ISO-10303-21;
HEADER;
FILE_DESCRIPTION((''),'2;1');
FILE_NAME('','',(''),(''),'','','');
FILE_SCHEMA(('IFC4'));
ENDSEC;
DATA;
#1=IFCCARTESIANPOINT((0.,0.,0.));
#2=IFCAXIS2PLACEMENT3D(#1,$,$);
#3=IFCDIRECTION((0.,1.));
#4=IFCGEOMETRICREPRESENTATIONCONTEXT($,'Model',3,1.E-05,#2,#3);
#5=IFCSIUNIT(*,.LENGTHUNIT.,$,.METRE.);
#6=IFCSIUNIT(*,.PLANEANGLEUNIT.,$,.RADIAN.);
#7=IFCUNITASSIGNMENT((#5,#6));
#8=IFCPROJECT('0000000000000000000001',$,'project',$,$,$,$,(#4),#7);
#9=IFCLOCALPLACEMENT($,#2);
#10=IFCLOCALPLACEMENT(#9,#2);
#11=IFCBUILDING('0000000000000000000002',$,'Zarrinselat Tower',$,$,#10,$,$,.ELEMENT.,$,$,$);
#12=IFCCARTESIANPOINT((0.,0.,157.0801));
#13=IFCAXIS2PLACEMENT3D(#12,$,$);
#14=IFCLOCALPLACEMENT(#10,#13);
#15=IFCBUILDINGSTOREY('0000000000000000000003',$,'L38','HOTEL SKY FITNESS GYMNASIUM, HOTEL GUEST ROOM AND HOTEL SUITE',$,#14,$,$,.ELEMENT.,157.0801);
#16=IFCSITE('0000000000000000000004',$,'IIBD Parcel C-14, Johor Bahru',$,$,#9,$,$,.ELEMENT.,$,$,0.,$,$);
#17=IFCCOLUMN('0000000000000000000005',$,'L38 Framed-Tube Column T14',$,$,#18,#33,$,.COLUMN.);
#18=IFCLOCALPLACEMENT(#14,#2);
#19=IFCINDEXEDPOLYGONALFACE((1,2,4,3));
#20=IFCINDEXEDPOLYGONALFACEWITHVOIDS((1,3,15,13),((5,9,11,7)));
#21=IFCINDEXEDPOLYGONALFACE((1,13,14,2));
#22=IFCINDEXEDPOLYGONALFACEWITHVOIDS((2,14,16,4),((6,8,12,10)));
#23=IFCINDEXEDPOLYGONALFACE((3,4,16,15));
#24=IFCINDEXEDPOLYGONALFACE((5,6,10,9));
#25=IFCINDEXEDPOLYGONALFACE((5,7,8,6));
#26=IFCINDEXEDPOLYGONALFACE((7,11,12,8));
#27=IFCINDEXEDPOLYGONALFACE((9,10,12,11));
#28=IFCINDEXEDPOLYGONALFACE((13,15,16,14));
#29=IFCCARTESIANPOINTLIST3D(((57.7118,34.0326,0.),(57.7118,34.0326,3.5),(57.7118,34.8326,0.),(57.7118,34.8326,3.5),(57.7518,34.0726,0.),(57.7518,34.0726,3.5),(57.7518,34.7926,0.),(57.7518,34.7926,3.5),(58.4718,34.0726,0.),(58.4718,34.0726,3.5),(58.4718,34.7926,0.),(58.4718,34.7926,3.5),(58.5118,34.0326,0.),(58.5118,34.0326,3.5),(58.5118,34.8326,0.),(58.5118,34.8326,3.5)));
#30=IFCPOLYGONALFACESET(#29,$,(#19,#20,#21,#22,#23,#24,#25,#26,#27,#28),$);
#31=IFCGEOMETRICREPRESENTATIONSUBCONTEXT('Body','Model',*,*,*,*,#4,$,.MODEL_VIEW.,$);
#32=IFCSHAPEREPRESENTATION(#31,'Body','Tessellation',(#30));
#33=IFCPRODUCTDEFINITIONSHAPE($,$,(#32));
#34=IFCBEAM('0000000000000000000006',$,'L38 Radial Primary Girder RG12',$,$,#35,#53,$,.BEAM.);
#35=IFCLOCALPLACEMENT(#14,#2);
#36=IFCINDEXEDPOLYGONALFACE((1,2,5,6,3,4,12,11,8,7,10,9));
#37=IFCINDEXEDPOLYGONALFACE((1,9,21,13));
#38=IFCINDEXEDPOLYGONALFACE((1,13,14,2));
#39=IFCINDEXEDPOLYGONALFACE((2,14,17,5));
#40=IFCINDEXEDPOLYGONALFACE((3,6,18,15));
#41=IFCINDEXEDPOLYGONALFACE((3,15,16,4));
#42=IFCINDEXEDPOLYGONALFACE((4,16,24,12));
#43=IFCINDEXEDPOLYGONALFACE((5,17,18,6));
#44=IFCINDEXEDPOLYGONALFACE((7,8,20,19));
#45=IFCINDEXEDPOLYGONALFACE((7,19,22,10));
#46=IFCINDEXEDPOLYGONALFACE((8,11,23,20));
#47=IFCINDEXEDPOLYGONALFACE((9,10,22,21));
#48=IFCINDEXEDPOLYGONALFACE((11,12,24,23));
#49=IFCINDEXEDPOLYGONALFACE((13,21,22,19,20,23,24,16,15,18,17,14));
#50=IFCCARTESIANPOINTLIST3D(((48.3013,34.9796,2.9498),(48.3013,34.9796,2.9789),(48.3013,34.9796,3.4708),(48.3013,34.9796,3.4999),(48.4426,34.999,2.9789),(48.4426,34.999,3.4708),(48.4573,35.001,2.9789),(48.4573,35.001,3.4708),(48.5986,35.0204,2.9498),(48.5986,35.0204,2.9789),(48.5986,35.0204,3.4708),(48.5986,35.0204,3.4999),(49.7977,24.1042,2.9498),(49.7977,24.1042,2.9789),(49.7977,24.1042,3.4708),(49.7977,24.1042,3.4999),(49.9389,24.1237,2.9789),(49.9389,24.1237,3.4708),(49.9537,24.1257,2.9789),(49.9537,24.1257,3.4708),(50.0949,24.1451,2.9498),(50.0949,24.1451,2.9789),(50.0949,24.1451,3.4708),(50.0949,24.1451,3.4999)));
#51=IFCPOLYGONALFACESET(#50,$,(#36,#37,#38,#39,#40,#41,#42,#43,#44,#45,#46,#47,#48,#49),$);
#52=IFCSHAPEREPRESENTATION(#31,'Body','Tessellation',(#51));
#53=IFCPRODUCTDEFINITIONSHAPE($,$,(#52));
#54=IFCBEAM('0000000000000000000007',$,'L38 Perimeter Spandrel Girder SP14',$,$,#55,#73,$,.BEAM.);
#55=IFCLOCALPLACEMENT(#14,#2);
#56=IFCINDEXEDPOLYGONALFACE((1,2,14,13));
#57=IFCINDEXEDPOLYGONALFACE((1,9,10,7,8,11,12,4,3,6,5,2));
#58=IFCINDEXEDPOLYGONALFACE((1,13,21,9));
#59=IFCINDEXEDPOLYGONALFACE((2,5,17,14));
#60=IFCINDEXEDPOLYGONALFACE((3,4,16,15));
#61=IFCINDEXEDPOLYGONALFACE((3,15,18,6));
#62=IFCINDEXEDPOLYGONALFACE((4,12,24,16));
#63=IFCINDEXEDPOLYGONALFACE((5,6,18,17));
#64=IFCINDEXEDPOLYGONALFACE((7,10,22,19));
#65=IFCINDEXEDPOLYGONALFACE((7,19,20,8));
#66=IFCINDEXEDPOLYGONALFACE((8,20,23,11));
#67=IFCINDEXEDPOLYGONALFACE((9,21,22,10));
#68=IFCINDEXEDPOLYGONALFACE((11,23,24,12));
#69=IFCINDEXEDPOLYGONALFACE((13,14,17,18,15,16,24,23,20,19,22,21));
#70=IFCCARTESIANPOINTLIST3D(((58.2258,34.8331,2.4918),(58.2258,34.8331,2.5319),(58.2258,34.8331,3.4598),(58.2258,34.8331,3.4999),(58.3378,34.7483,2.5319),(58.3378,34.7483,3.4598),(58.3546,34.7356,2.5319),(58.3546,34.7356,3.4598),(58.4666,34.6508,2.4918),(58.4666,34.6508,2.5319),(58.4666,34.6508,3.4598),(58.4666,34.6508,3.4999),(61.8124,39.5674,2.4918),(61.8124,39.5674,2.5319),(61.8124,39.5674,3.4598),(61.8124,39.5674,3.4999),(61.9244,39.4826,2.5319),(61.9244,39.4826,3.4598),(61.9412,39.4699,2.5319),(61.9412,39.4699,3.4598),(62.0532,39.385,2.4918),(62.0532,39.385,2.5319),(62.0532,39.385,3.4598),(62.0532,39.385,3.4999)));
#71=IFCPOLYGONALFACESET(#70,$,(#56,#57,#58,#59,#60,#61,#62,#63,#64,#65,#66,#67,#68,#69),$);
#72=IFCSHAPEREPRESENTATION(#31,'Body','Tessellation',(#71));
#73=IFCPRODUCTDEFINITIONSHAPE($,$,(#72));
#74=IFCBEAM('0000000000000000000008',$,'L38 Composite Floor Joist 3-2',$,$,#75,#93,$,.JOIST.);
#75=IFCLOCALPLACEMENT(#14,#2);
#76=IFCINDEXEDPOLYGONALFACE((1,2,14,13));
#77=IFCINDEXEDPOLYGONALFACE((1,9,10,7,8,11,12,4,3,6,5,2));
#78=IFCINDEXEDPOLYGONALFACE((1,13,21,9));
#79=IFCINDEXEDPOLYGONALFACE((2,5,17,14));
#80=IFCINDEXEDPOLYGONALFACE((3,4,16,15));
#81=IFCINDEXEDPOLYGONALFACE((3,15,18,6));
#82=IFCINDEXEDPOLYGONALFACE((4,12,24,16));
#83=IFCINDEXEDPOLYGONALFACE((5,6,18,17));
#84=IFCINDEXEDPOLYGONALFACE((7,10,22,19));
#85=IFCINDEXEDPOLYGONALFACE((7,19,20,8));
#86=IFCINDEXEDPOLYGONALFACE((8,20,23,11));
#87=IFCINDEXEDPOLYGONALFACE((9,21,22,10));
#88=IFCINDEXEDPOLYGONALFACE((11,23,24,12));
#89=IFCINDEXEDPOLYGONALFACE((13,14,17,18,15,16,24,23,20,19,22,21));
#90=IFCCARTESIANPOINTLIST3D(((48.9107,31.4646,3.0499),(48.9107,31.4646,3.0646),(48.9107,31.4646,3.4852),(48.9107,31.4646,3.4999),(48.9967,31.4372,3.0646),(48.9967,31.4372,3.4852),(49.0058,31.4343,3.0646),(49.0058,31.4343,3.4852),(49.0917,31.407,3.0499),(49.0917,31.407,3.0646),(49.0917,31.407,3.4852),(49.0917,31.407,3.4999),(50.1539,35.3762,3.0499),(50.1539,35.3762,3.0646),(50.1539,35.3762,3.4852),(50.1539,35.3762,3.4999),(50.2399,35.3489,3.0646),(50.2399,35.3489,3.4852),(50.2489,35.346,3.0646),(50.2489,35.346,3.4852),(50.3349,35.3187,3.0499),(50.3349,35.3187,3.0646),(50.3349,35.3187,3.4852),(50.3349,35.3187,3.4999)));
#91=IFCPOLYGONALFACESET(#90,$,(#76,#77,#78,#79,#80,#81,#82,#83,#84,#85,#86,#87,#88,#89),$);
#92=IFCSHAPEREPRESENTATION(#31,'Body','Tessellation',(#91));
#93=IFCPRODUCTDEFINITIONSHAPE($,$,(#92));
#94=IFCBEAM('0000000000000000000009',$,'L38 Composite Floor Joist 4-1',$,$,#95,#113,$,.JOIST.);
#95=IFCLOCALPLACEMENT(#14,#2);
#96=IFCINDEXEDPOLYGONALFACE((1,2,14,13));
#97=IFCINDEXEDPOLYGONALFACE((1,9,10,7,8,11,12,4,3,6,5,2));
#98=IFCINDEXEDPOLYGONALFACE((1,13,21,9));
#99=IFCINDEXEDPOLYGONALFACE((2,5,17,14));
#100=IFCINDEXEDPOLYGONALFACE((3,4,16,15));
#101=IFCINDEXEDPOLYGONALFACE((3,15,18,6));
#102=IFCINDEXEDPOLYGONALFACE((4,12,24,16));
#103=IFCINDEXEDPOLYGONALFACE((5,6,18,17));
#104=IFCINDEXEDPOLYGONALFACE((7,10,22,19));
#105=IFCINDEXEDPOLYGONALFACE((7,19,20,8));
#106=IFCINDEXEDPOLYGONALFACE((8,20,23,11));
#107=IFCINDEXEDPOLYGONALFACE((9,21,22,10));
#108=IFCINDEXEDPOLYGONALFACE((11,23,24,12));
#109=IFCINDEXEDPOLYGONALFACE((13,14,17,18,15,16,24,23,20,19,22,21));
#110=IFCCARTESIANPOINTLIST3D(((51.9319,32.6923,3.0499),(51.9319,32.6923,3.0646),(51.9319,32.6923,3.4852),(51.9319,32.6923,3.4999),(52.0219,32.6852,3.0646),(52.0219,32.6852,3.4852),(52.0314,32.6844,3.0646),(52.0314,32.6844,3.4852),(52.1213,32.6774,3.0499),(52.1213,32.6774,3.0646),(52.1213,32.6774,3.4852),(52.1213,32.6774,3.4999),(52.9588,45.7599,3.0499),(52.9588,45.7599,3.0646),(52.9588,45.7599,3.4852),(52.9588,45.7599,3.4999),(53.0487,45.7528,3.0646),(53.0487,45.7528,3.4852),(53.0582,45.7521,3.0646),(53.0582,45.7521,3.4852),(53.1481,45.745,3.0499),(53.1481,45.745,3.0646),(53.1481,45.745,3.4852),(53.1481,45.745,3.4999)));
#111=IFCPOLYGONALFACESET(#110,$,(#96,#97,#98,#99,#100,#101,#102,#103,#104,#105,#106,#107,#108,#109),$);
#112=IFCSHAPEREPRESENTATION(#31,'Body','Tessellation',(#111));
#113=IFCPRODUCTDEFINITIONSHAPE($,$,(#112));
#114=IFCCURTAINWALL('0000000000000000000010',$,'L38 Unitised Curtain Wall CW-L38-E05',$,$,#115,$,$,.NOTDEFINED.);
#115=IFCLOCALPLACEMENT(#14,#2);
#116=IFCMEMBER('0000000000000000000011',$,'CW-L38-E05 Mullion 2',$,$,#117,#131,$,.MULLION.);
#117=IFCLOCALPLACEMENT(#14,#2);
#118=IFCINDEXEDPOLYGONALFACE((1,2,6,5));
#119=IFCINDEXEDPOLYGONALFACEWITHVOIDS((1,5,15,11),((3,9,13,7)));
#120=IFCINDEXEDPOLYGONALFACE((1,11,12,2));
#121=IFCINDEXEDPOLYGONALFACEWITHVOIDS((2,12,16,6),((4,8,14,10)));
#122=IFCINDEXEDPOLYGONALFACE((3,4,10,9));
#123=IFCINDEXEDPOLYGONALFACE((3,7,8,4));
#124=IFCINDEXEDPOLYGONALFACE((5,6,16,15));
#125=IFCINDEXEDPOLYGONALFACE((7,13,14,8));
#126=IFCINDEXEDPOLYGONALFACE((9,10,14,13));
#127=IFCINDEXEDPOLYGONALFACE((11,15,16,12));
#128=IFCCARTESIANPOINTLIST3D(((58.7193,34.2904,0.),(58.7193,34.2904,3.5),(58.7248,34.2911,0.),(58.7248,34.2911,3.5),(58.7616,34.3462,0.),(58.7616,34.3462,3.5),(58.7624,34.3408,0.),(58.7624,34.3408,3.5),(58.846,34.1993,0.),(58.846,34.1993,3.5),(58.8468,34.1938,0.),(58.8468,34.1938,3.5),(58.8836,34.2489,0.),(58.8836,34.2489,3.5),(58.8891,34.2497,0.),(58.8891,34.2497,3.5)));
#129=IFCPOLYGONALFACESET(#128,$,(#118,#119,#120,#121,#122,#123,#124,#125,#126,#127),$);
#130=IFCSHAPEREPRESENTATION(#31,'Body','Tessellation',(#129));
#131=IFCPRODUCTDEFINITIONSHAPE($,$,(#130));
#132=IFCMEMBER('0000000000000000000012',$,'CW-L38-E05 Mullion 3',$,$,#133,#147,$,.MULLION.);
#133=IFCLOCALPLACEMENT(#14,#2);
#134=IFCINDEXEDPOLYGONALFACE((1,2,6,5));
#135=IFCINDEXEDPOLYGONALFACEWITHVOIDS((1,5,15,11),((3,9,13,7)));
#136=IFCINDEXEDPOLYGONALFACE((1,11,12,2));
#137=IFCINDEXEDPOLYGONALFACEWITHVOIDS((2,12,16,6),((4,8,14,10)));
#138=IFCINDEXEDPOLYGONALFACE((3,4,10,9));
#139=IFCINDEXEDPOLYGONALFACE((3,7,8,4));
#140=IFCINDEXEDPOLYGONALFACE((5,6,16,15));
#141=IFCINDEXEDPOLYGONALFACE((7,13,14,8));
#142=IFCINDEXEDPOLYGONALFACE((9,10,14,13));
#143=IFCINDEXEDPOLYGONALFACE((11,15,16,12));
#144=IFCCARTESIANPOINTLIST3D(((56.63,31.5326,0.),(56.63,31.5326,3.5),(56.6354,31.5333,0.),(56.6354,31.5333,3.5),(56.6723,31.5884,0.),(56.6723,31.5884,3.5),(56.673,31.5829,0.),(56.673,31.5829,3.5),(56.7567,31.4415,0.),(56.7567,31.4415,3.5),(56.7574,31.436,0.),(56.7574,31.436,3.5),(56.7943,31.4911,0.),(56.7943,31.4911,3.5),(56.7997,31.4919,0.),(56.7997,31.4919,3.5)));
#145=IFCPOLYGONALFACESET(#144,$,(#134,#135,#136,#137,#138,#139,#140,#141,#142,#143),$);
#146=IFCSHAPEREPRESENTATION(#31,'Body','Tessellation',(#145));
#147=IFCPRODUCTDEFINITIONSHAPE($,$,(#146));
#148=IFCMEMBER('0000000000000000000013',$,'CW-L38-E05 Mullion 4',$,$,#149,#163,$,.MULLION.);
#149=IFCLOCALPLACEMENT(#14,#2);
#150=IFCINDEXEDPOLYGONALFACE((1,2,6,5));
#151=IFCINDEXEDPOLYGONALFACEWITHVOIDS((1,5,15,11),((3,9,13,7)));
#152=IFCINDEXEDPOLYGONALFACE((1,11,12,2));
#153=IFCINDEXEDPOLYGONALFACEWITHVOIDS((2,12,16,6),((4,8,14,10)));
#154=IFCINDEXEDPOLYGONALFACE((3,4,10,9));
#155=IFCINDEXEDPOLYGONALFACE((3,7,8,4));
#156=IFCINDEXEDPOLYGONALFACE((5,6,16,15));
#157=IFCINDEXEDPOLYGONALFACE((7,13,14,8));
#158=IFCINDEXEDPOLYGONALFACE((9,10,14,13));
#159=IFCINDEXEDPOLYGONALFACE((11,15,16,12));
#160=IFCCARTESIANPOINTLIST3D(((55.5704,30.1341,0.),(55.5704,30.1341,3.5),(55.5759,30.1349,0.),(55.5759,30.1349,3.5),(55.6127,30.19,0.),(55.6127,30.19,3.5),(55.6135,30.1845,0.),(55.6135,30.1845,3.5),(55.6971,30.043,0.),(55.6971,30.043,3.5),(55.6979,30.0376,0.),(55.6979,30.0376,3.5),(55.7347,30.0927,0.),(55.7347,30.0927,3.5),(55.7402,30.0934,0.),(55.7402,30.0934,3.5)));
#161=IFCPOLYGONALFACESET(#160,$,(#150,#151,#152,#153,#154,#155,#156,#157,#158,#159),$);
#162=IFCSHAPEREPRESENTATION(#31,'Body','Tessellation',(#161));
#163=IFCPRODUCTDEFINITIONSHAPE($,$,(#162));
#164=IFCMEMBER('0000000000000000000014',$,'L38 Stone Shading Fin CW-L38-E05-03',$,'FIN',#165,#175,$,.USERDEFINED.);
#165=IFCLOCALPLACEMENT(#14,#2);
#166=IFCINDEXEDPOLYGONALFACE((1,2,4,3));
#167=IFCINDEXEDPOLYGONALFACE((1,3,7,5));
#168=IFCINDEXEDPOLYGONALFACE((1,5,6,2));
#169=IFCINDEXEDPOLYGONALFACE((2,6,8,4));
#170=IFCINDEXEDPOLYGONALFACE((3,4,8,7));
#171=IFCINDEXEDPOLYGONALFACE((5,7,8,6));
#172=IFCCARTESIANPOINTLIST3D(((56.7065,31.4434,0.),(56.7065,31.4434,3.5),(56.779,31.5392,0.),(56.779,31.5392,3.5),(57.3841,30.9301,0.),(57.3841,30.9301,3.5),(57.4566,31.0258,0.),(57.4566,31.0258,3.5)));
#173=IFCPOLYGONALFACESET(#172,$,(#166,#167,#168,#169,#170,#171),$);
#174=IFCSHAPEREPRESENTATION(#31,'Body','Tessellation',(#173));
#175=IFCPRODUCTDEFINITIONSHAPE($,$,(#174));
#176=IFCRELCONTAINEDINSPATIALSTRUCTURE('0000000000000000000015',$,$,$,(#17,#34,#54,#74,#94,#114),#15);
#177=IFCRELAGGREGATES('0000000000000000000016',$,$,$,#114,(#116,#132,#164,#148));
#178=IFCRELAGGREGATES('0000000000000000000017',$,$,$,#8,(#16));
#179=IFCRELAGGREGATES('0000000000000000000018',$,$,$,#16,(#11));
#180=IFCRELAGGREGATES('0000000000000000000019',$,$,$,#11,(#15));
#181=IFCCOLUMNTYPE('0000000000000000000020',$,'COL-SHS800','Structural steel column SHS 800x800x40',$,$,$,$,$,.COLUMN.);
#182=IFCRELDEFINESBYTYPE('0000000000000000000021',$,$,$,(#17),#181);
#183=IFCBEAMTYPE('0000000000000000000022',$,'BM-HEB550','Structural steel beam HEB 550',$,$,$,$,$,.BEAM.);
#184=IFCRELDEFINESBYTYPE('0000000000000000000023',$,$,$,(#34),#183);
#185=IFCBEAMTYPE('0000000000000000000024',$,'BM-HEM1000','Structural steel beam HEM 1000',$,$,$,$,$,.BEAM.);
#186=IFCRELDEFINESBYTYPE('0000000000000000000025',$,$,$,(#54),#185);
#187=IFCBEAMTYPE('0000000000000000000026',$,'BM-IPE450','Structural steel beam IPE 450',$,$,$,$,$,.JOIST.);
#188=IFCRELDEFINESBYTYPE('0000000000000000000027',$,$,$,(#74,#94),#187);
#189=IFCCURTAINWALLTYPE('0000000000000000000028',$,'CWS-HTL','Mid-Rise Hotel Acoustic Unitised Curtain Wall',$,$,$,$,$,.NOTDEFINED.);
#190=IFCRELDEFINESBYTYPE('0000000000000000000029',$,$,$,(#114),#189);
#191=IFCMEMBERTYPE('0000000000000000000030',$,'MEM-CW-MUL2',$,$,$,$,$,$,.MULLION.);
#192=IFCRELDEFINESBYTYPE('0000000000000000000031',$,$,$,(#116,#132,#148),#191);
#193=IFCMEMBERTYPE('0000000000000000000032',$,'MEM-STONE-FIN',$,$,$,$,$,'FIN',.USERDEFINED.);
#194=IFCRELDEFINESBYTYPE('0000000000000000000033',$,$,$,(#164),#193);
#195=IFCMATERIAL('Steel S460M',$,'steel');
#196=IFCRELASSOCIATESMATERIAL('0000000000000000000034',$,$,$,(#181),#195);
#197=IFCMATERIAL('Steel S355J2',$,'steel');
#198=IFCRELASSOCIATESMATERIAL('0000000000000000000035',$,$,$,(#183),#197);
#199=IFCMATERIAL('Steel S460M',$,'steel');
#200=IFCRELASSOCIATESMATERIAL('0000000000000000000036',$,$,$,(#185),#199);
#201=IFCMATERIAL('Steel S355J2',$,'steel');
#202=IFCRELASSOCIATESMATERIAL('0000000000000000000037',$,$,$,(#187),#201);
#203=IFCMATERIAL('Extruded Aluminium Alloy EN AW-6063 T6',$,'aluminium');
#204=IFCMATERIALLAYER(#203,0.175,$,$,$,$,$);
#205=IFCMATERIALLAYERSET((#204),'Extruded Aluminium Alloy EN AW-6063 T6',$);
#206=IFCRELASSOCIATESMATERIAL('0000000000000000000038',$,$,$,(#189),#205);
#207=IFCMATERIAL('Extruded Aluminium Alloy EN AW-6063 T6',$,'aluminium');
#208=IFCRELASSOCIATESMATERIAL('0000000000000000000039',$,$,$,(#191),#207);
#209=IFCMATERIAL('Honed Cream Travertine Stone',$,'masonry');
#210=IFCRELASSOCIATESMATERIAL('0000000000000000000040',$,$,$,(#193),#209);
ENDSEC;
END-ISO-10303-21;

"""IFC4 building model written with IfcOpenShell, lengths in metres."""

from ifc_helpers import new_model, si_unit, direction, frame, origin, origin_2d, place, context, subcontext, project, spatial, rectangle, hollow_rectangle, i_section, extrude, material, layer, layer_set, material_profile, profile_set, type_object, element, aggregate, save


model = new_model("IFC4")

# Units and contexts
model_context = context("Model", 3, precision=1e-05, world=origin(), true_north=direction((0.0, 1.0)))
body_context = subcontext(model_context, "Body", "Model", "MODEL_VIEW")
ifc_project = project(units=[si_unit("LENGTHUNIT", "METRE"), si_unit("PLANEANGLEUNIT", "RADIAN")], contexts=[model_context])

# Site, building, storey
site_placement = place(None, origin())
site = spatial("IfcSite", under=ifc_project, at=site_placement, Name="IIBD Parcel C-14, Johor Bahru", CompositionType="ELEMENT", RefElevation=0.0)
building_placement = place(site_placement, origin())
building = spatial("IfcBuilding", under=site, at=building_placement, Name="Zarrinselat Tower", CompositionType="ELEMENT")
storey_placement = place(building_placement, frame((0.0, 0.0, 157.0801)))
storey = spatial("IfcBuildingStorey", under=building, at=storey_placement, Name="L38", Description="HOTEL SKY FITNESS GYMNASIUM, HOTEL GUEST ROOM AND HOTEL SUITE", CompositionType="ELEMENT", Elevation=157.0801)

# Column
ifc_material_1 = material(Name="Steel S460M", Category="steel")
ifc_material_profile_1 = material_profile(ifc_material_1, hollow_rectangle(XDim=0.8, YDim=0.8, WallThickness=0.04, at=origin_2d()), Name="SHS 800x800x40")
ifc_profile_set_1 = profile_set([ifc_material_profile_1], Name="Steel S460M")
column_type = type_object("IfcColumnType", Name="COL-SHS800", Description="Structural steel column SHS 800x800x40", PredefinedType="COLUMN", material=ifc_profile_set_1)
column_placement = place(storey_placement, frame((58.1118, 34.4326, 0.0), z_axis=(0.0, 0.0, 1.0), x_axis=(1.0, 0.0, 0.0)))
element("IfcColumn", 1, at=column_placement, inside=storey, type_object=column_type, Name="L38 Framed-Tube Column T14", PredefinedType="COLUMN", context=body_context, shape_type="SweptSolid", body=[
    extrude(hollow_rectangle(XDim=0.8, YDim=0.8, WallThickness=0.04, at=origin_2d()), origin(), (0.0, 0.0, 1.0), 3.5),
])

# Beams
ifc_material_2 = material(Name="Steel S355J2", Category="steel")
ifc_material_profile_2 = material_profile(ifc_material_2, i_section(OverallWidth=0.3, OverallDepth=0.55, WebThickness=0.0149, FlangeThickness=0.0291, at=origin_2d()), Name="HEB 550")
ifc_profile_set_2 = profile_set([ifc_material_profile_2], Name="Steel S355J2")
beam_type_1 = type_object("IfcBeamType", Name="BM-HEB550", Description="Structural steel beam HEB 550", PredefinedType="BEAM", material=ifc_profile_set_2)
beam_1_placement = place(storey_placement, frame((48.45, 35.0, 3.2249), z_axis=(0.136307, -0.990667, 0.0), x_axis=(0.990667, 0.136307, 0.0)))
element("IfcBeam", 2, at=beam_1_placement, inside=storey, type_object=beam_type_1, Name="L38 Radial Primary Girder RG12", PredefinedType="BEAM", context=body_context, shape_type="SweptSolid", body=[
    extrude(i_section(OverallWidth=0.3, OverallDepth=0.55, WebThickness=0.0149, FlangeThickness=0.0291, at=origin_2d()), origin(), (0.0, 0.0, 1.0), 10.9778),
])
ifc_material_3 = material(Name="Steel S460M", Category="steel")
ifc_material_profile_3 = material_profile(ifc_material_3, i_section(OverallWidth=0.302, OverallDepth=1.0081, WebThickness=0.021, FlangeThickness=0.04, at=origin_2d()), Name="HEM 1000")
ifc_profile_set_3 = profile_set([ifc_material_profile_3], Name="Steel S460M")
beam_type_2 = type_object("IfcBeamType", Name="BM-HEM1000", Description="Structural steel beam HEM 1000", PredefinedType="BEAM", material=ifc_profile_set_3)
beam_2_placement = place(storey_placement, frame((58.3462, 34.7419, 2.9958), z_axis=(0.60386, 0.79709, 0.0), x_axis=(-0.79709, 0.60386, 0.0)))
element("IfcBeam", 3, at=beam_2_placement, inside=storey, type_object=beam_type_2, Name="L38 Perimeter Spandrel Girder SP14", PredefinedType="BEAM", context=body_context, shape_type="SweptSolid", body=[
    extrude(i_section(OverallWidth=0.302, OverallDepth=1.0081, WebThickness=0.021, FlangeThickness=0.04, at=origin_2d()), origin(), (0.0, 0.0, 1.0), 5.9395),
])
ifc_material_4 = material(Name="Steel S355J2", Category="steel")
ifc_material_profile_4 = material_profile(ifc_material_4, i_section(OverallWidth=0.1899, OverallDepth=0.45, WebThickness=0.0095, FlangeThickness=0.0146, at=origin_2d()), Name="IPE 450")
ifc_profile_set_4 = profile_set([ifc_material_profile_4], Name="Steel S355J2")
beam_type_3 = type_object("IfcBeamType", Name="BM-IPE450", Description="Structural steel beam IPE 450", PredefinedType="JOIST", material=ifc_profile_set_4)
beam_3_placement = place(storey_placement, frame((49.0012, 31.4358, 3.2749), z_axis=(0.302884, 0.953027, 0.0), x_axis=(-0.953027, 0.302884, 0.0)))
element("IfcBeam", 4, at=beam_3_placement, inside=storey, type_object=beam_type_3, Name="L38 Composite Floor Joist 3-2", PredefinedType="JOIST", context=body_context, shape_type="SweptSolid", body=[
    extrude(i_section(OverallWidth=0.1899, OverallDepth=0.45, WebThickness=0.0095, FlangeThickness=0.0146, at=origin_2d()), origin(), (0.0, 0.0, 1.0), 4.1045),
])
beam_4_placement = place(storey_placement, frame((52.0266, 32.6848, 3.2749), z_axis=(0.078339, 0.996927, 0.0), x_axis=(-0.996927, 0.078339, 0.0)))
element("IfcBeam", 5, at=beam_4_placement, inside=storey, type_object=beam_type_3, Name="L38 Composite Floor Joist 4-1", PredefinedType="JOIST", context=body_context, shape_type="SweptSolid", body=[
    extrude(i_section(OverallWidth=0.1899, OverallDepth=0.45, WebThickness=0.0095, FlangeThickness=0.0146, at=origin_2d()), origin(), (0.0, 0.0, 1.0), 13.1079),
])

# Curtain wall, members
ifc_material_5 = material(Name="Extruded Aluminium Alloy EN AW-6063 T6", Category="aluminium")
ifc_layer_1 = layer(ifc_material_5, 0.175)
ifc_layer_set_1 = layer_set([ifc_layer_1], Name="Extruded Aluminium Alloy EN AW-6063 T6")
curtain_wall_type = type_object("IfcCurtainWallType", Name="CWS-HTL", Description="Mid-Rise Hotel Acoustic Unitised Curtain Wall", PredefinedType="NOTDEFINED", material=ifc_layer_set_1)
curtain_wall_placement = place(storey_placement, origin())
curtain_wall = element("IfcCurtainWall", 6, at=curtain_wall_placement, inside=storey, type_object=curtain_wall_type, Name="L38 Unitised Curtain Wall CW-L38-E05", PredefinedType="NOTDEFINED")
ifc_material_6 = material(Name="Extruded Aluminium Alloy EN AW-6063 T6", Category="aluminium")
ifc_material_profile_5 = material_profile(ifc_material_6, hollow_rectangle(XDim=0.0701, YDim=0.1599, WallThickness=0.0039, at=origin_2d()), Name="RHS 160x70x4")
ifc_profile_set_5 = profile_set([ifc_material_profile_5], Name="Extruded Aluminium Alloy EN AW-6063 T6")
member_type_1 = type_object("IfcMemberType", Name="MEM-CW-MUL2", PredefinedType="MULLION", material=ifc_profile_set_5)
member_1_placement = place(storey_placement, frame((58.8042, 34.27, 0.0), z_axis=(0.0, 0.0, 1.0), x_axis=(-0.603859, -0.797092, 0.0)))
member_1 = element("IfcMember", 7, at=member_1_placement, type_object=member_type_1, Name="CW-L38-E05 Mullion 2", PredefinedType="MULLION", context=body_context, shape_type="SweptSolid", body=[
    extrude(hollow_rectangle(XDim=0.0701, YDim=0.1599, WallThickness=0.0039, at=origin_2d()), origin(), (0.0, 0.0, 1.0), 3.5),
])
member_2_placement = place(storey_placement, frame((56.7148, 31.5122, 0.0), z_axis=(0.0, 0.0, 1.0), x_axis=(-0.603859, -0.797092, 0.0)))
member_2 = element("IfcMember", 8, at=member_2_placement, type_object=member_type_1, Name="CW-L38-E05 Mullion 3", PredefinedType="MULLION", context=body_context, shape_type="SweptSolid", body=[
    extrude(hollow_rectangle(XDim=0.0701, YDim=0.1599, WallThickness=0.0039, at=origin_2d()), origin(), (0.0, 0.0, 1.0), 3.5),
])
member_3_placement = place(storey_placement, frame((55.6553, 30.1138, 0.0), z_axis=(0.0, 0.0, 1.0), x_axis=(-0.603859, -0.797092, 0.0)))
member_3 = element("IfcMember", 9, at=member_3_placement, type_object=member_type_1, Name="CW-L38-E05 Mullion 4", PredefinedType="MULLION", context=body_context, shape_type="SweptSolid", body=[
    extrude(hollow_rectangle(XDim=0.0701, YDim=0.1599, WallThickness=0.0039, at=origin_2d()), origin(), (0.0, 0.0, 1.0), 3.5),
])
ifc_material_7 = material(Name="Honed Cream Travertine Stone", Category="masonry")
ifc_material_profile_6 = material_profile(ifc_material_7, rectangle(XDim=0.1201, YDim=0.8501, at=origin_2d()), Name="FIN 850x120")
ifc_profile_set_6 = profile_set([ifc_material_profile_6], Name="Honed Cream Travertine Stone")
member_type_2 = type_object("IfcMemberType", Name="MEM-STONE-FIN", ElementType="FIN", PredefinedType="USERDEFINED", material=ifc_profile_set_6)
member_4_placement = place(storey_placement, frame((57.0815, 31.2346, 0.0), z_axis=(0.0, 0.0, 1.0), x_axis=(-0.603859, -0.797092, 0.0)))
member_4 = element("IfcMember", 10, at=member_4_placement, type_object=member_type_2, Name="L38 Stone Shading Fin CW-L38-E05-03", ObjectType="FIN", PredefinedType="USERDEFINED", context=body_context, shape_type="SweptSolid", body=[
    extrude(rectangle(XDim=0.1201, YDim=0.8501, at=origin_2d()), origin(), (0.0, 0.0, 1.0), 3.5),
])
aggregate(curtain_wall, [member_1, member_2, member_4, member_3])

save(model, "model.ifc")
